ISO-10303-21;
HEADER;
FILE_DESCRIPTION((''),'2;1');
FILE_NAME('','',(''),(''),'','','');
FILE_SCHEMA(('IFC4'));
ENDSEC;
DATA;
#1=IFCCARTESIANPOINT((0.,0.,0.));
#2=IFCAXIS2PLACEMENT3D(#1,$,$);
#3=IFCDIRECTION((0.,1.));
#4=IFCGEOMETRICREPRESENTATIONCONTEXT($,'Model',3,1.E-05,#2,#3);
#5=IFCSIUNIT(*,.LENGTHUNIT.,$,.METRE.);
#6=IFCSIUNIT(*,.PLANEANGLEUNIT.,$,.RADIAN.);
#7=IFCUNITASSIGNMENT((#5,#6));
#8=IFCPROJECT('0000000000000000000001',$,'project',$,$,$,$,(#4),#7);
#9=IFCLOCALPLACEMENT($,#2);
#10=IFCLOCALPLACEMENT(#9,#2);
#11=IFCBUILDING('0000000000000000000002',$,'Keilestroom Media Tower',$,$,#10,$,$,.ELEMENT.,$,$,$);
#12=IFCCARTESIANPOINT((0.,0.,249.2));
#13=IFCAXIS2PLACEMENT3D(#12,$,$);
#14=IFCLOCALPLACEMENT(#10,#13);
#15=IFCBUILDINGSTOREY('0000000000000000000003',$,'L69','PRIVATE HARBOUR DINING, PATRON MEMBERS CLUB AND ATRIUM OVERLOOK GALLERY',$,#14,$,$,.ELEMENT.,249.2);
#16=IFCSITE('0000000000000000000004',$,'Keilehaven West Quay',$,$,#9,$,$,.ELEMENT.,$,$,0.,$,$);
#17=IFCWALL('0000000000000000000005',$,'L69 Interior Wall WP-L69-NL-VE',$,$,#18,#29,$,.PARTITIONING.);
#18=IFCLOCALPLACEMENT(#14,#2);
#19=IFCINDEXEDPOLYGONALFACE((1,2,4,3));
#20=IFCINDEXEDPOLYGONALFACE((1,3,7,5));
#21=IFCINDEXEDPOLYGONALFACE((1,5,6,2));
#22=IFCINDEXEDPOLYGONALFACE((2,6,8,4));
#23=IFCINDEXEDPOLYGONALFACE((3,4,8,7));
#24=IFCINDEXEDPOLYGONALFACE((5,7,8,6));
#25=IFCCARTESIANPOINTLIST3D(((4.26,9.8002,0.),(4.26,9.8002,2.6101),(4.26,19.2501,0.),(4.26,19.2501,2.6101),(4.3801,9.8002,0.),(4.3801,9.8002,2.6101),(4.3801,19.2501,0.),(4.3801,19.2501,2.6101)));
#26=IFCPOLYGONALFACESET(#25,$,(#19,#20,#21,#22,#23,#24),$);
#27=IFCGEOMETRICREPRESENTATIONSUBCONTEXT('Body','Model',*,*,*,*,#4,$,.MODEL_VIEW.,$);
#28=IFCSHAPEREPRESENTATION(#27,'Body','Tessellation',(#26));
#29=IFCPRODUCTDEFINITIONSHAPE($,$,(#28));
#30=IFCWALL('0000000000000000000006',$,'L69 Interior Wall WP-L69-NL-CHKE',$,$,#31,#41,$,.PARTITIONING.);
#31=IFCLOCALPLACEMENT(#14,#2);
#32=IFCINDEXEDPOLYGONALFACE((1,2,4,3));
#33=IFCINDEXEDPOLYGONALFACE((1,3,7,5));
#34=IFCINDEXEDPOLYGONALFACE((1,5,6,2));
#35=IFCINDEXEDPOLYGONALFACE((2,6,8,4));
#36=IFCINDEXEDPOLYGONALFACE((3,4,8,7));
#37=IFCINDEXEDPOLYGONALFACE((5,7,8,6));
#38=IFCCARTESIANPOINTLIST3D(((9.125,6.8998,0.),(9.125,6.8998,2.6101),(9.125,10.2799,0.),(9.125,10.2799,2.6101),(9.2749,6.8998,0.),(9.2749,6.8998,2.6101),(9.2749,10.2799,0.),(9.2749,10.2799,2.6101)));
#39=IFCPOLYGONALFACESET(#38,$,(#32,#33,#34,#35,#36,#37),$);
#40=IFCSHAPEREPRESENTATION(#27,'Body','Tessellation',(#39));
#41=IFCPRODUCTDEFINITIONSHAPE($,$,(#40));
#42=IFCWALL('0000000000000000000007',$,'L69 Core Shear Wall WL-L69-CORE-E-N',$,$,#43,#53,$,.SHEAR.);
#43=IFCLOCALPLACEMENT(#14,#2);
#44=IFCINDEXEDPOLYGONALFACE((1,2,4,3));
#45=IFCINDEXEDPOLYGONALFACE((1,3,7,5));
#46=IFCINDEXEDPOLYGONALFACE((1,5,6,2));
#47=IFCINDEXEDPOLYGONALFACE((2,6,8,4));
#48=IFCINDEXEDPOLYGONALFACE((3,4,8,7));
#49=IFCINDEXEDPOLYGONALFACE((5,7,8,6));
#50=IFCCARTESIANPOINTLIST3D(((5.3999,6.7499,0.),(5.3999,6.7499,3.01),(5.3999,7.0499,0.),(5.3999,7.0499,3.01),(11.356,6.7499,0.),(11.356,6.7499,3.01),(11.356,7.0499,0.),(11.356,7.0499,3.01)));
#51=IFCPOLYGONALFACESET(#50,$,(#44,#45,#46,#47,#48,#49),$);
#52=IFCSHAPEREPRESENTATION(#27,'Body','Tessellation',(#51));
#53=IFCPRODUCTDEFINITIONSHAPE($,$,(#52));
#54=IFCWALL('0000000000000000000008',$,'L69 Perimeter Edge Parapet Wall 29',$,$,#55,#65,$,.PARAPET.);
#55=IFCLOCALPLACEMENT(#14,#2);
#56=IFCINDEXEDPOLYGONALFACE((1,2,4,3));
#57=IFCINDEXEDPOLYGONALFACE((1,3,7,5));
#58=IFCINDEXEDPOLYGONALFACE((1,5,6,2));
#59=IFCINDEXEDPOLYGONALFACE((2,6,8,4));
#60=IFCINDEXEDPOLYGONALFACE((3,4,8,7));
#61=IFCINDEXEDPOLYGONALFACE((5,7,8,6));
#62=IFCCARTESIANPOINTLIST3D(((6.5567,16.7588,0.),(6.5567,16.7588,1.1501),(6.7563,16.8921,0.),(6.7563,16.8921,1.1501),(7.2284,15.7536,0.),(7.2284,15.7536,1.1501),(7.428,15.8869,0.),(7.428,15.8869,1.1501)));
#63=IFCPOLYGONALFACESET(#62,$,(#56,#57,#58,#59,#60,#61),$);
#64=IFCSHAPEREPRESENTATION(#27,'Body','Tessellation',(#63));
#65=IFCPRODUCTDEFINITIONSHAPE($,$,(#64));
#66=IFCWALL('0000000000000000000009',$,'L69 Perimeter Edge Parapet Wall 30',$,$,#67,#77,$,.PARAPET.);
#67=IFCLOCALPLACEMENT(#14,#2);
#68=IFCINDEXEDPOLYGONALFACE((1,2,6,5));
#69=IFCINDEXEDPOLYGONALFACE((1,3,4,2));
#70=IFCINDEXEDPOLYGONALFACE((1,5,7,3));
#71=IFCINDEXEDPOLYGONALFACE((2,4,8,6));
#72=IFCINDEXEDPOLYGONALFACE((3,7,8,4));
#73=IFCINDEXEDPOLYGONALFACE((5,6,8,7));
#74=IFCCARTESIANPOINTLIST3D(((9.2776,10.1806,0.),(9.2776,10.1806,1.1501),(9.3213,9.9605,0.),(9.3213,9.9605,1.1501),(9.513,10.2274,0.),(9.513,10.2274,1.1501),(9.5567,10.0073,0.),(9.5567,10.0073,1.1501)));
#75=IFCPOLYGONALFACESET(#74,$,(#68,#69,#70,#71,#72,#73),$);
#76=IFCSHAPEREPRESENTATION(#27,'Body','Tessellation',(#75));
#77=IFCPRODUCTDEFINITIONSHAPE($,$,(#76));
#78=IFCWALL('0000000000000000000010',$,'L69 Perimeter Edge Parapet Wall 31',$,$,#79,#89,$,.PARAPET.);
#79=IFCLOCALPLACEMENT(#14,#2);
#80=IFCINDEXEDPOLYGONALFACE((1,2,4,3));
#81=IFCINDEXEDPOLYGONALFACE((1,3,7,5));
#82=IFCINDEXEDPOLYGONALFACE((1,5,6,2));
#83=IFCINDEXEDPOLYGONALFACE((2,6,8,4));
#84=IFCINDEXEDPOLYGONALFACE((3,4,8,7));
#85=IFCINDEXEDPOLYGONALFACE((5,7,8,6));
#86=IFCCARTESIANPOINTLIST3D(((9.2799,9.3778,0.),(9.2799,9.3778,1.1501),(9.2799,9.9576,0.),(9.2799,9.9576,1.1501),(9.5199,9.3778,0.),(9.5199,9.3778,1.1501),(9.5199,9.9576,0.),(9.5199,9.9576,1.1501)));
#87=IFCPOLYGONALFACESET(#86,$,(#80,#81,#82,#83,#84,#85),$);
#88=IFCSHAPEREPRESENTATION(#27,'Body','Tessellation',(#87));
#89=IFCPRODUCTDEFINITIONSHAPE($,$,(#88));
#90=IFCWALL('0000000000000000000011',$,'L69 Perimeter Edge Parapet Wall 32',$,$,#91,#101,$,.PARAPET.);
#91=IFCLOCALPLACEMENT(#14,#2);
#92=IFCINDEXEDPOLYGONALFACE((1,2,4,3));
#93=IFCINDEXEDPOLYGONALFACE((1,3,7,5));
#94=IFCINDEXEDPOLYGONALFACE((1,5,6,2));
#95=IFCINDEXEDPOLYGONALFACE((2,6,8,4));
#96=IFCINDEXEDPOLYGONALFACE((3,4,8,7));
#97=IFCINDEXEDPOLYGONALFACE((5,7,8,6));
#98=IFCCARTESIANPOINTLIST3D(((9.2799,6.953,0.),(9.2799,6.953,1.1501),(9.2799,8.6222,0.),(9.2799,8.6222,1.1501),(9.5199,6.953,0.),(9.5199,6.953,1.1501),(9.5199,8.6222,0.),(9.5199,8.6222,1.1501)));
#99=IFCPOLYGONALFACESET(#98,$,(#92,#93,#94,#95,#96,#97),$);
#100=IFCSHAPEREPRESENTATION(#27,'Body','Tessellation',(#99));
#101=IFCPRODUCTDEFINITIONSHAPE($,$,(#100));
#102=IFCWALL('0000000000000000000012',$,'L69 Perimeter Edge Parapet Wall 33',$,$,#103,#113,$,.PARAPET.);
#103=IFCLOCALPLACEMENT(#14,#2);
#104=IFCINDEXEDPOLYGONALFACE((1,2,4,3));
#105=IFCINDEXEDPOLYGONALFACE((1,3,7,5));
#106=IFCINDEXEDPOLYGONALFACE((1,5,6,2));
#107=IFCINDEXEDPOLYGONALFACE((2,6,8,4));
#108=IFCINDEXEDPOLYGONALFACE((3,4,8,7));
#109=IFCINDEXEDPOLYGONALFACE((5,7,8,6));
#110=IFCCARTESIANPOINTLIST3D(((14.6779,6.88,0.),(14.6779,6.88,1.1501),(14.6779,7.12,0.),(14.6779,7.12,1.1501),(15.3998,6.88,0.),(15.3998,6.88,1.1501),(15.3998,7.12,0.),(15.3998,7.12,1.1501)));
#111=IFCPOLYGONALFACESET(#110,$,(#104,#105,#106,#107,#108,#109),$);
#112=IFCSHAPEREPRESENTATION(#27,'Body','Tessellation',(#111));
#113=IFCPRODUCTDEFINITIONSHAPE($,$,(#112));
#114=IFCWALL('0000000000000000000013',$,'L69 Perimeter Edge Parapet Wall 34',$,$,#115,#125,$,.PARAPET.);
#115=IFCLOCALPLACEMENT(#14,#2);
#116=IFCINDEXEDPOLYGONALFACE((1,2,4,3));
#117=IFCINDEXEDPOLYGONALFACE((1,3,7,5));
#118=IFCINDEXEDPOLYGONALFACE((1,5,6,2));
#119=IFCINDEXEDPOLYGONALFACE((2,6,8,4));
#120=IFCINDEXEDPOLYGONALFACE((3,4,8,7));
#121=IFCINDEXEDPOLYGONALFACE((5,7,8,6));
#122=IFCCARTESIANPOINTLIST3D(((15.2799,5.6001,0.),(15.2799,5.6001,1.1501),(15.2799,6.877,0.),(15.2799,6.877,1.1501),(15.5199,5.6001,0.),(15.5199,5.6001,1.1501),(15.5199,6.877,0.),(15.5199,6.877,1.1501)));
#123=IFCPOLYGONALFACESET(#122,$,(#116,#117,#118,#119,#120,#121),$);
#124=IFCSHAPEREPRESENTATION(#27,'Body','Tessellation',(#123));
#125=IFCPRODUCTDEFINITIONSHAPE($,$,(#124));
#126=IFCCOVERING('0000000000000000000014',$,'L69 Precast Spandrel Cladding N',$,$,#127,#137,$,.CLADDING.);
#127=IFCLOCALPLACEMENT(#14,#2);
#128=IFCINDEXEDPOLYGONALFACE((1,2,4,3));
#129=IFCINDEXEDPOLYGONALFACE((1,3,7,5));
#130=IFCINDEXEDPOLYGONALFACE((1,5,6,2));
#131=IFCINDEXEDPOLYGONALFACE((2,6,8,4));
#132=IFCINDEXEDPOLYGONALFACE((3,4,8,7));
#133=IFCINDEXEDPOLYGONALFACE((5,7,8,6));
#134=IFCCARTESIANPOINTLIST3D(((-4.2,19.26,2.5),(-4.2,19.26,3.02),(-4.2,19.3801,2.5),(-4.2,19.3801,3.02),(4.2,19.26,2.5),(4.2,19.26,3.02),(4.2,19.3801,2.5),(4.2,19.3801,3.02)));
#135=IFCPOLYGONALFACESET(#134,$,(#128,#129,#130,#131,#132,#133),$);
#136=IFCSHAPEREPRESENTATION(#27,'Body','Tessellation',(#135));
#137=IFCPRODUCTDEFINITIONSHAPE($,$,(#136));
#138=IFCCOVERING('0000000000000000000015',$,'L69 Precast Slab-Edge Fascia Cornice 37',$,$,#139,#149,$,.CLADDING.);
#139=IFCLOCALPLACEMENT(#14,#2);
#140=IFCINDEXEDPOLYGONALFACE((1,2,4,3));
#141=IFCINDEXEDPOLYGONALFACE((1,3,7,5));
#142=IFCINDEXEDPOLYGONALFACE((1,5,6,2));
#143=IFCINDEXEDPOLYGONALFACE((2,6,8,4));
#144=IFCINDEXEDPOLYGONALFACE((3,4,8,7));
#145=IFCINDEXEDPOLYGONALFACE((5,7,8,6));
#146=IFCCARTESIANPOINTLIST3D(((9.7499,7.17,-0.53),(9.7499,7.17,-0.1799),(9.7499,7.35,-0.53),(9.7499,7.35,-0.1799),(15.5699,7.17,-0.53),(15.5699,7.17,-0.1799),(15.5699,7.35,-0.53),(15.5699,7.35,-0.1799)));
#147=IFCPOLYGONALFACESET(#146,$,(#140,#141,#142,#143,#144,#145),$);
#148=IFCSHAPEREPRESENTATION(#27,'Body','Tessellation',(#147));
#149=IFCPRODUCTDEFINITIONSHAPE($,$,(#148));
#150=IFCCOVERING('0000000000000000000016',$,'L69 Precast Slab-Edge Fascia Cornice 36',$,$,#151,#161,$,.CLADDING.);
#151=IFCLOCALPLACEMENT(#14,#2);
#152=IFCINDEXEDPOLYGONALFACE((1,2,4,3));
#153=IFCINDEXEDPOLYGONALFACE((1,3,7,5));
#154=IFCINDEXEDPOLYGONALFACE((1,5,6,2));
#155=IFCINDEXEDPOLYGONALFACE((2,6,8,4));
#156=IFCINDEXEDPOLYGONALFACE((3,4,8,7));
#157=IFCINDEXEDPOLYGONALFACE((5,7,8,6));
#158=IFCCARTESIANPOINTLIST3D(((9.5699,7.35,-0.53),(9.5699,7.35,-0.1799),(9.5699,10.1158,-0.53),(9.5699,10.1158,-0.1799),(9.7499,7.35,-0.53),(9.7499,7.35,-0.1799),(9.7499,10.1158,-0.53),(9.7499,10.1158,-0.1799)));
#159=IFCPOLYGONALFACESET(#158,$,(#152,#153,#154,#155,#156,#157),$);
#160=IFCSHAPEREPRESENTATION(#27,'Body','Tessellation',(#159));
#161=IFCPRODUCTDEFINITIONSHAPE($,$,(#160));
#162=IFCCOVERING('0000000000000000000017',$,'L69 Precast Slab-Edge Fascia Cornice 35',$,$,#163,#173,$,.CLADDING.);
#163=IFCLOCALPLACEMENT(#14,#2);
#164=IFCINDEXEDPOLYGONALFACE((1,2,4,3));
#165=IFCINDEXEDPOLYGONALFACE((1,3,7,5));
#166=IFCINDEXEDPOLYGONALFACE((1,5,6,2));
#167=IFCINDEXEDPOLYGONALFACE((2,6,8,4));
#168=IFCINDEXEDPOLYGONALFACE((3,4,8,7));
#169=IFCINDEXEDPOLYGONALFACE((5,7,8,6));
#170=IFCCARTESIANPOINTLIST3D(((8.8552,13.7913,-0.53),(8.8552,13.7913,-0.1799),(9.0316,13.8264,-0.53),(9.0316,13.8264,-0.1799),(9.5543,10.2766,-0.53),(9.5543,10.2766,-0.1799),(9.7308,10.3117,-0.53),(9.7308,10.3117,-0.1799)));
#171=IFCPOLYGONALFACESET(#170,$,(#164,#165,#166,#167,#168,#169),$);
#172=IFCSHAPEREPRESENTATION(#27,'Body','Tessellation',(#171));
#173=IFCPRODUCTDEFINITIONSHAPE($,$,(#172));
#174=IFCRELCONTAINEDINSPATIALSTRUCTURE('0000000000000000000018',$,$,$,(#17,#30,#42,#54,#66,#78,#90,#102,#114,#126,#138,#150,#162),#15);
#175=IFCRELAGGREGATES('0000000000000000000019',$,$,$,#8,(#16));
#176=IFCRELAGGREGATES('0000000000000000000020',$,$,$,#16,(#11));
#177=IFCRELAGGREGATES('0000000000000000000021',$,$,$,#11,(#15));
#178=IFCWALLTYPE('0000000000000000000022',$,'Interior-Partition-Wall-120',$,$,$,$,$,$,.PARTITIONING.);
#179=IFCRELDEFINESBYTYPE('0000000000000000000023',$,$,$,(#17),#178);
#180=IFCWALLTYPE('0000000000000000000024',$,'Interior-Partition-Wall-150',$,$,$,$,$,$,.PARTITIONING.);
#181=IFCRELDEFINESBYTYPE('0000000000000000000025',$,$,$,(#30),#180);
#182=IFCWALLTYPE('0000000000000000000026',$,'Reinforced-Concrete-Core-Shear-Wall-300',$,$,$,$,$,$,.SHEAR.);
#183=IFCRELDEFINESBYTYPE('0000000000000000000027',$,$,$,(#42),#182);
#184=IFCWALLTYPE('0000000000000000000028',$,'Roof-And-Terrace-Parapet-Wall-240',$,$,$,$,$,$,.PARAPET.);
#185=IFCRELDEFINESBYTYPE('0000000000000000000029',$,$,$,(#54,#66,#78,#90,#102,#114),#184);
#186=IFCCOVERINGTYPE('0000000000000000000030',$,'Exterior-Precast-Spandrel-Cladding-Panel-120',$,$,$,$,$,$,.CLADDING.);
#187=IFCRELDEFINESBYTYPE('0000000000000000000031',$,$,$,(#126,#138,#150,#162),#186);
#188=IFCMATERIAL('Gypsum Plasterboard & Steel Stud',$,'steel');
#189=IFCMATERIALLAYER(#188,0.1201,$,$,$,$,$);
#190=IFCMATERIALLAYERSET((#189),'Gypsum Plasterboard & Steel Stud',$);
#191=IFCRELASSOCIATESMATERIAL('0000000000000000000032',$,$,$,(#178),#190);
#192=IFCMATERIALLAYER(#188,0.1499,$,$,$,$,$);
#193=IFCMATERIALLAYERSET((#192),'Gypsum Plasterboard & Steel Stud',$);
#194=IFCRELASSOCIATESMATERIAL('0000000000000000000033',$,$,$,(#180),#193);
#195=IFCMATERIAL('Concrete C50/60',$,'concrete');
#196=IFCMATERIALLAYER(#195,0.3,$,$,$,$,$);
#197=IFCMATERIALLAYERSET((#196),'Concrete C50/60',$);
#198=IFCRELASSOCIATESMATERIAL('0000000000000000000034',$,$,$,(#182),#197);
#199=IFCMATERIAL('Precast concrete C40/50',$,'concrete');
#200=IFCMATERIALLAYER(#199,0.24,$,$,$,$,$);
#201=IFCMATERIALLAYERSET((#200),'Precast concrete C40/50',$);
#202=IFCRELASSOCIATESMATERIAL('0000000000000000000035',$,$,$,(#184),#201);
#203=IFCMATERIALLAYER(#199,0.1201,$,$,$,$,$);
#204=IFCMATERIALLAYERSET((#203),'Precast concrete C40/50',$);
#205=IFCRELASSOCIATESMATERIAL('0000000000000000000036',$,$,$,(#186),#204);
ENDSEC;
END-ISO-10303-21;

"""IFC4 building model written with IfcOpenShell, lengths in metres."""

from ifc_helpers import new_model, si_unit, direction, frame, frame_2d, origin, origin_2d, place, context, subcontext, project, spatial, rectangle, extrude, source, transform, mapped, material, layer, layer_set, type_object, element, save


model = new_model("IFC4")

# Units and contexts
model_context = context("Model", 3, precision=1e-05, world=origin(), true_north=direction((0.0, 1.0)))
body_context = subcontext(model_context, "Body", "Model", "MODEL_VIEW")
ifc_project = project(units=[si_unit("LENGTHUNIT", "METRE"), si_unit("PLANEANGLEUNIT", "RADIAN")], contexts=[model_context])

# Site, building, storey
site_placement = place(None, origin())
site = spatial("IfcSite", under=ifc_project, at=site_placement, Name="Keilehaven West Quay", CompositionType="ELEMENT", RefElevation=0.0)
building_placement = place(site_placement, origin())
building = spatial("IfcBuilding", under=site, at=building_placement, Name="Keilestroom Media Tower", CompositionType="ELEMENT")
storey_placement = place(building_placement, frame((0.0, 0.0, 249.2)))
storey = spatial("IfcBuildingStorey", under=building, at=storey_placement, Name="L69", Description="PRIVATE HARBOUR DINING, PATRON MEMBERS CLUB AND ATRIUM OVERLOOK GALLERY", CompositionType="ELEMENT", Elevation=249.2)

# Shared definitions
ifc_material_1 = material(Name="Precast concrete C40/50", Category="concrete")
ifc_material_2 = material(Name="Concrete C50/60", Category="concrete")

# Walls
ifc_material_3 = material(Name="Gypsum Plasterboard & Steel Stud", Category="steel")
ifc_layer_1 = layer(ifc_material_3, 0.1201)
ifc_layer_set_1 = layer_set([ifc_layer_1], Name="Gypsum Plasterboard & Steel Stud")
wall_type_1 = type_object("IfcWallType", Name="Interior-Partition-Wall-120", PredefinedType="PARTITIONING", material=ifc_layer_set_1)
wall_1_placement = place(storey_placement, frame((4.3201, 9.8, 0.0), z_axis=(0.0, 0.0, 1.0), x_axis=(0.0, 1.0, 0.0)))
element("IfcWall", 1, at=wall_1_placement, inside=storey, type_object=wall_type_1, Name="L69 Interior Wall WP-L69-NL-VE", PredefinedType="PARTITIONING", context=body_context, shape_type="SweptSolid", body=[
    extrude(rectangle(XDim=9.45, YDim=0.1201, at=frame_2d((4.7251, 0.0))), origin(), (0.0, 0.0, 1.0), 2.6101),
])
ifc_layer_2 = layer(ifc_material_3, 0.1499)
ifc_layer_set_2 = layer_set([ifc_layer_2], Name="Gypsum Plasterboard & Steel Stud")
wall_type_2 = type_object("IfcWallType", Name="Interior-Partition-Wall-150", PredefinedType="PARTITIONING", material=ifc_layer_set_2)
wall_2_placement = place(storey_placement, frame((9.2, 6.8999, 0.0), z_axis=(0.0, 0.0, 1.0), x_axis=(0.0, 1.0, 0.0)))
element("IfcWall", 2, at=wall_2_placement, inside=storey, type_object=wall_type_2, Name="L69 Interior Wall WP-L69-NL-CHKE", PredefinedType="PARTITIONING", context=body_context, shape_type="SweptSolid", body=[
    extrude(rectangle(XDim=3.3801, YDim=0.1499, at=frame_2d((1.6899, 0.0))), origin(), (0.0, 0.0, 1.0), 2.6101),
])
ifc_layer_3 = layer(ifc_material_2, 0.3)
ifc_layer_set_3 = layer_set([ifc_layer_3], Name="Concrete C50/60")
wall_type_3 = type_object("IfcWallType", Name="Reinforced-Concrete-Core-Shear-Wall-300", PredefinedType="SHEAR", material=ifc_layer_set_3)
wall_3_placement = place(storey_placement, frame((5.3999, 6.8999, 0.0), z_axis=(0.0, 0.0, 1.0), x_axis=(1.0, 0.0, 0.0)))
element("IfcWall", 3, at=wall_3_placement, inside=storey, type_object=wall_type_3, Name="L69 Core Shear Wall WL-L69-CORE-E-N", PredefinedType="SHEAR", context=body_context, shape_type="SweptSolid", body=[
    extrude(rectangle(XDim=5.9561, YDim=0.3, at=frame_2d((2.978, 0.0))), origin(), (0.0, 0.0, 1.0), 3.01),
])
ifc_layer_4 = layer(ifc_material_1, 0.24)
ifc_layer_set_4 = layer_set([ifc_layer_4], Name="Precast concrete C40/50")
wall_type_4 = type_object("IfcWallType", Name="Roof-And-Terrace-Parapet-Wall-240", PredefinedType="PARAPET", material=ifc_layer_set_4)
wall_4_placement = place(storey_placement, frame((6.6565, 16.8254, 0.0), z_axis=(0.0, 0.0, 1.0), x_axis=(0.555585, -0.831459, 0.0)))
element("IfcWall", 4, at=wall_4_placement, inside=storey, type_object=wall_type_4, Name="L69 Perimeter Edge Parapet Wall 29", PredefinedType="PARAPET", context=body_context, shape_type="SweptSolid", body=[
    extrude(rectangle(XDim=1.209, YDim=0.24, at=frame_2d((0.6045, 0.0))), origin(), (0.0, 0.0, 1.0), 1.1501),
])
wall_5_placement = place(storey_placement, frame((9.3953, 10.2041, 0.0), z_axis=(0.0, 0.0, 1.0), x_axis=(0.19486, -0.980831, 0.0)))
element("IfcWall", 5, at=wall_5_placement, inside=storey, type_object=wall_type_4, Name="L69 Perimeter Edge Parapet Wall 30", PredefinedType="PARAPET", context=body_context, shape_type="SweptSolid", body=[
    extrude(rectangle(XDim=0.2244, YDim=0.24, at=frame_2d((0.1123, 0.0))), origin(), (0.0, 0.0, 1.0), 1.1501),
])
wall_6_placement = place(storey_placement, frame((9.3999, 9.9578, 0.0), z_axis=(0.0, 0.0, 1.0), x_axis=(0.0, -1.0, 0.0)))
element("IfcWall", 6, at=wall_6_placement, inside=storey, type_object=wall_type_4, Name="L69 Perimeter Edge Parapet Wall 31", PredefinedType="PARAPET", context=body_context, shape_type="SweptSolid", body=[
    extrude(rectangle(XDim=0.5798, YDim=0.24, at=frame_2d((0.29, 0.0))), origin(), (0.0, 0.0, 1.0), 1.1501),
])
wall_7_placement = place(storey_placement, frame((9.3999, 8.6221, 0.0), z_axis=(0.0, 0.0, 1.0), x_axis=(0.0, -1.0, 0.0)))
element("IfcWall", 7, at=wall_7_placement, inside=storey, type_object=wall_type_4, Name="L69 Perimeter Edge Parapet Wall 32", PredefinedType="PARAPET", context=body_context, shape_type="SweptSolid", body=[
    extrude(rectangle(XDim=1.6692, YDim=0.24, at=frame_2d((0.8345, 0.0))), origin(), (0.0, 0.0, 1.0), 1.1501),
])
wall_8_placement = place(storey_placement, frame((14.678, 7.0, 0.0), z_axis=(0.0, 0.0, 1.0), x_axis=(1.0, 0.0, 0.0)))
element("IfcWall", 8, at=wall_8_placement, inside=storey, type_object=wall_type_4, Name="L69 Perimeter Edge Parapet Wall 33", PredefinedType="PARAPET", context=body_context, shape_type="SweptSolid", body=[
    extrude(rectangle(XDim=0.7219, YDim=0.24, at=frame_2d((0.3608, 0.0))), origin(), (0.0, 0.0, 1.0), 1.1501),
])
wall_9_placement = place(storey_placement, frame((15.3999, 6.877, 0.0), z_axis=(0.0, 0.0, 1.0), x_axis=(0.0, -1.0, 0.0)))
element("IfcWall", 9, at=wall_9_placement, inside=storey, type_object=wall_type_4, Name="L69 Perimeter Edge Parapet Wall 34", PredefinedType="PARAPET", context=body_context, shape_type="SweptSolid", body=[
    extrude(rectangle(XDim=1.2769, YDim=0.24, at=frame_2d((0.6384, 0.0))), origin(), (0.0, 0.0, 1.0), 1.1501),
])

# Coverings
ifc_layer_5 = layer(ifc_material_1, 0.1201)
ifc_layer_set_5 = layer_set([ifc_layer_5], Name="Precast concrete C40/50")
covering_type = type_object("IfcCoveringType", Name="Exterior-Precast-Spandrel-Cladding-Panel-120", PredefinedType="CLADDING", material=ifc_layer_set_5)
shared_shape_1 = source(origin(), body_context, "Body", "SweptSolid", [
    extrude(rectangle(XDim=8.3999, YDim=0.1201, at=origin_2d()), origin(), (0.0, 0.0, 1.0), 0.52),
])
covering_1_placement = place(storey_placement, frame((0.0, 19.3201, 2.5), z_axis=(0.0, 0.0, 1.0), x_axis=(1.0, 0.0, 0.0)))
element("IfcCovering", 10, at=covering_1_placement, inside=storey, type_object=covering_type, Name="L69 Precast Spandrel Cladding N", PredefinedType="CLADDING", context=body_context, shape_type="MappedRepresentation", body=[
    mapped(shared_shape_1, transform((0.0, 0.0, 0.0), x_axis=(1.0, 0.0, 0.0), y_axis=(0.0, 1.0, 0.0), z_axis=(0.0, 0.0, 1.0), scale=1.0)),
])
shared_shape_2 = source(origin(), body_context, "Body", "SweptSolid", [
    extrude(rectangle(XDim=5.8201, YDim=0.1799, at=origin_2d()), origin(), (0.0, 0.0, 1.0), 0.3501),
])
covering_2_placement = place(storey_placement, frame((12.6599, 7.26, -0.53), z_axis=(0.0, 0.0, 1.0), x_axis=(1.0, 0.0, 0.0)))
element("IfcCovering", 11, at=covering_2_placement, inside=storey, type_object=covering_type, Name="L69 Precast Slab-Edge Fascia Cornice 37", PredefinedType="CLADDING", context=body_context, shape_type="MappedRepresentation", body=[
    mapped(shared_shape_2, transform((0.0, 0.0, 0.0), x_axis=(1.0, 0.0, 0.0), y_axis=(0.0, 1.0, 0.0), z_axis=(0.0, 0.0, 1.0), scale=1.0)),
])
shared_shape_3 = source(origin(), body_context, "Body", "SweptSolid", [
    extrude(rectangle(XDim=2.7659, YDim=0.1799, at=origin_2d()), origin(), (0.0, 0.0, 1.0), 0.3501),
])
covering_3_placement = place(storey_placement, frame((9.6599, 8.7329, -0.53), z_axis=(0.0, 0.0, 1.0), x_axis=(0.0, -1.0, 0.0)))
element("IfcCovering", 12, at=covering_3_placement, inside=storey, type_object=covering_type, Name="L69 Precast Slab-Edge Fascia Cornice 36", PredefinedType="CLADDING", context=body_context, shape_type="MappedRepresentation", body=[
    mapped(shared_shape_3, transform((0.0, 0.0, 0.0), x_axis=(1.0, 0.0, 0.0), y_axis=(0.0, 1.0, 0.0), z_axis=(0.0, 0.0, 1.0), scale=1.0)),
])
shared_shape_4 = source(origin(), body_context, "Body", "SweptSolid", [
    extrude(rectangle(XDim=3.5835, YDim=0.1799, at=origin_2d()), origin(), (0.0, 0.0, 1.0), 0.3501),
])
covering_4_placement = place(storey_placement, frame((9.293, 12.0515, -0.53), z_axis=(0.0, 0.0, 1.0), x_axis=(0.195099, -0.980784, 0.0)))
element("IfcCovering", 13, at=covering_4_placement, inside=storey, type_object=covering_type, Name="L69 Precast Slab-Edge Fascia Cornice 35", PredefinedType="CLADDING", context=body_context, shape_type="MappedRepresentation", body=[
    mapped(shared_shape_4, transform((0.0, 0.0, 0.0), x_axis=(1.0, 0.0, 0.0), y_axis=(0.0, 1.0, 0.0), z_axis=(0.0, 0.0, 1.0), scale=1.0)),
])

save(model, "model.ifc")
